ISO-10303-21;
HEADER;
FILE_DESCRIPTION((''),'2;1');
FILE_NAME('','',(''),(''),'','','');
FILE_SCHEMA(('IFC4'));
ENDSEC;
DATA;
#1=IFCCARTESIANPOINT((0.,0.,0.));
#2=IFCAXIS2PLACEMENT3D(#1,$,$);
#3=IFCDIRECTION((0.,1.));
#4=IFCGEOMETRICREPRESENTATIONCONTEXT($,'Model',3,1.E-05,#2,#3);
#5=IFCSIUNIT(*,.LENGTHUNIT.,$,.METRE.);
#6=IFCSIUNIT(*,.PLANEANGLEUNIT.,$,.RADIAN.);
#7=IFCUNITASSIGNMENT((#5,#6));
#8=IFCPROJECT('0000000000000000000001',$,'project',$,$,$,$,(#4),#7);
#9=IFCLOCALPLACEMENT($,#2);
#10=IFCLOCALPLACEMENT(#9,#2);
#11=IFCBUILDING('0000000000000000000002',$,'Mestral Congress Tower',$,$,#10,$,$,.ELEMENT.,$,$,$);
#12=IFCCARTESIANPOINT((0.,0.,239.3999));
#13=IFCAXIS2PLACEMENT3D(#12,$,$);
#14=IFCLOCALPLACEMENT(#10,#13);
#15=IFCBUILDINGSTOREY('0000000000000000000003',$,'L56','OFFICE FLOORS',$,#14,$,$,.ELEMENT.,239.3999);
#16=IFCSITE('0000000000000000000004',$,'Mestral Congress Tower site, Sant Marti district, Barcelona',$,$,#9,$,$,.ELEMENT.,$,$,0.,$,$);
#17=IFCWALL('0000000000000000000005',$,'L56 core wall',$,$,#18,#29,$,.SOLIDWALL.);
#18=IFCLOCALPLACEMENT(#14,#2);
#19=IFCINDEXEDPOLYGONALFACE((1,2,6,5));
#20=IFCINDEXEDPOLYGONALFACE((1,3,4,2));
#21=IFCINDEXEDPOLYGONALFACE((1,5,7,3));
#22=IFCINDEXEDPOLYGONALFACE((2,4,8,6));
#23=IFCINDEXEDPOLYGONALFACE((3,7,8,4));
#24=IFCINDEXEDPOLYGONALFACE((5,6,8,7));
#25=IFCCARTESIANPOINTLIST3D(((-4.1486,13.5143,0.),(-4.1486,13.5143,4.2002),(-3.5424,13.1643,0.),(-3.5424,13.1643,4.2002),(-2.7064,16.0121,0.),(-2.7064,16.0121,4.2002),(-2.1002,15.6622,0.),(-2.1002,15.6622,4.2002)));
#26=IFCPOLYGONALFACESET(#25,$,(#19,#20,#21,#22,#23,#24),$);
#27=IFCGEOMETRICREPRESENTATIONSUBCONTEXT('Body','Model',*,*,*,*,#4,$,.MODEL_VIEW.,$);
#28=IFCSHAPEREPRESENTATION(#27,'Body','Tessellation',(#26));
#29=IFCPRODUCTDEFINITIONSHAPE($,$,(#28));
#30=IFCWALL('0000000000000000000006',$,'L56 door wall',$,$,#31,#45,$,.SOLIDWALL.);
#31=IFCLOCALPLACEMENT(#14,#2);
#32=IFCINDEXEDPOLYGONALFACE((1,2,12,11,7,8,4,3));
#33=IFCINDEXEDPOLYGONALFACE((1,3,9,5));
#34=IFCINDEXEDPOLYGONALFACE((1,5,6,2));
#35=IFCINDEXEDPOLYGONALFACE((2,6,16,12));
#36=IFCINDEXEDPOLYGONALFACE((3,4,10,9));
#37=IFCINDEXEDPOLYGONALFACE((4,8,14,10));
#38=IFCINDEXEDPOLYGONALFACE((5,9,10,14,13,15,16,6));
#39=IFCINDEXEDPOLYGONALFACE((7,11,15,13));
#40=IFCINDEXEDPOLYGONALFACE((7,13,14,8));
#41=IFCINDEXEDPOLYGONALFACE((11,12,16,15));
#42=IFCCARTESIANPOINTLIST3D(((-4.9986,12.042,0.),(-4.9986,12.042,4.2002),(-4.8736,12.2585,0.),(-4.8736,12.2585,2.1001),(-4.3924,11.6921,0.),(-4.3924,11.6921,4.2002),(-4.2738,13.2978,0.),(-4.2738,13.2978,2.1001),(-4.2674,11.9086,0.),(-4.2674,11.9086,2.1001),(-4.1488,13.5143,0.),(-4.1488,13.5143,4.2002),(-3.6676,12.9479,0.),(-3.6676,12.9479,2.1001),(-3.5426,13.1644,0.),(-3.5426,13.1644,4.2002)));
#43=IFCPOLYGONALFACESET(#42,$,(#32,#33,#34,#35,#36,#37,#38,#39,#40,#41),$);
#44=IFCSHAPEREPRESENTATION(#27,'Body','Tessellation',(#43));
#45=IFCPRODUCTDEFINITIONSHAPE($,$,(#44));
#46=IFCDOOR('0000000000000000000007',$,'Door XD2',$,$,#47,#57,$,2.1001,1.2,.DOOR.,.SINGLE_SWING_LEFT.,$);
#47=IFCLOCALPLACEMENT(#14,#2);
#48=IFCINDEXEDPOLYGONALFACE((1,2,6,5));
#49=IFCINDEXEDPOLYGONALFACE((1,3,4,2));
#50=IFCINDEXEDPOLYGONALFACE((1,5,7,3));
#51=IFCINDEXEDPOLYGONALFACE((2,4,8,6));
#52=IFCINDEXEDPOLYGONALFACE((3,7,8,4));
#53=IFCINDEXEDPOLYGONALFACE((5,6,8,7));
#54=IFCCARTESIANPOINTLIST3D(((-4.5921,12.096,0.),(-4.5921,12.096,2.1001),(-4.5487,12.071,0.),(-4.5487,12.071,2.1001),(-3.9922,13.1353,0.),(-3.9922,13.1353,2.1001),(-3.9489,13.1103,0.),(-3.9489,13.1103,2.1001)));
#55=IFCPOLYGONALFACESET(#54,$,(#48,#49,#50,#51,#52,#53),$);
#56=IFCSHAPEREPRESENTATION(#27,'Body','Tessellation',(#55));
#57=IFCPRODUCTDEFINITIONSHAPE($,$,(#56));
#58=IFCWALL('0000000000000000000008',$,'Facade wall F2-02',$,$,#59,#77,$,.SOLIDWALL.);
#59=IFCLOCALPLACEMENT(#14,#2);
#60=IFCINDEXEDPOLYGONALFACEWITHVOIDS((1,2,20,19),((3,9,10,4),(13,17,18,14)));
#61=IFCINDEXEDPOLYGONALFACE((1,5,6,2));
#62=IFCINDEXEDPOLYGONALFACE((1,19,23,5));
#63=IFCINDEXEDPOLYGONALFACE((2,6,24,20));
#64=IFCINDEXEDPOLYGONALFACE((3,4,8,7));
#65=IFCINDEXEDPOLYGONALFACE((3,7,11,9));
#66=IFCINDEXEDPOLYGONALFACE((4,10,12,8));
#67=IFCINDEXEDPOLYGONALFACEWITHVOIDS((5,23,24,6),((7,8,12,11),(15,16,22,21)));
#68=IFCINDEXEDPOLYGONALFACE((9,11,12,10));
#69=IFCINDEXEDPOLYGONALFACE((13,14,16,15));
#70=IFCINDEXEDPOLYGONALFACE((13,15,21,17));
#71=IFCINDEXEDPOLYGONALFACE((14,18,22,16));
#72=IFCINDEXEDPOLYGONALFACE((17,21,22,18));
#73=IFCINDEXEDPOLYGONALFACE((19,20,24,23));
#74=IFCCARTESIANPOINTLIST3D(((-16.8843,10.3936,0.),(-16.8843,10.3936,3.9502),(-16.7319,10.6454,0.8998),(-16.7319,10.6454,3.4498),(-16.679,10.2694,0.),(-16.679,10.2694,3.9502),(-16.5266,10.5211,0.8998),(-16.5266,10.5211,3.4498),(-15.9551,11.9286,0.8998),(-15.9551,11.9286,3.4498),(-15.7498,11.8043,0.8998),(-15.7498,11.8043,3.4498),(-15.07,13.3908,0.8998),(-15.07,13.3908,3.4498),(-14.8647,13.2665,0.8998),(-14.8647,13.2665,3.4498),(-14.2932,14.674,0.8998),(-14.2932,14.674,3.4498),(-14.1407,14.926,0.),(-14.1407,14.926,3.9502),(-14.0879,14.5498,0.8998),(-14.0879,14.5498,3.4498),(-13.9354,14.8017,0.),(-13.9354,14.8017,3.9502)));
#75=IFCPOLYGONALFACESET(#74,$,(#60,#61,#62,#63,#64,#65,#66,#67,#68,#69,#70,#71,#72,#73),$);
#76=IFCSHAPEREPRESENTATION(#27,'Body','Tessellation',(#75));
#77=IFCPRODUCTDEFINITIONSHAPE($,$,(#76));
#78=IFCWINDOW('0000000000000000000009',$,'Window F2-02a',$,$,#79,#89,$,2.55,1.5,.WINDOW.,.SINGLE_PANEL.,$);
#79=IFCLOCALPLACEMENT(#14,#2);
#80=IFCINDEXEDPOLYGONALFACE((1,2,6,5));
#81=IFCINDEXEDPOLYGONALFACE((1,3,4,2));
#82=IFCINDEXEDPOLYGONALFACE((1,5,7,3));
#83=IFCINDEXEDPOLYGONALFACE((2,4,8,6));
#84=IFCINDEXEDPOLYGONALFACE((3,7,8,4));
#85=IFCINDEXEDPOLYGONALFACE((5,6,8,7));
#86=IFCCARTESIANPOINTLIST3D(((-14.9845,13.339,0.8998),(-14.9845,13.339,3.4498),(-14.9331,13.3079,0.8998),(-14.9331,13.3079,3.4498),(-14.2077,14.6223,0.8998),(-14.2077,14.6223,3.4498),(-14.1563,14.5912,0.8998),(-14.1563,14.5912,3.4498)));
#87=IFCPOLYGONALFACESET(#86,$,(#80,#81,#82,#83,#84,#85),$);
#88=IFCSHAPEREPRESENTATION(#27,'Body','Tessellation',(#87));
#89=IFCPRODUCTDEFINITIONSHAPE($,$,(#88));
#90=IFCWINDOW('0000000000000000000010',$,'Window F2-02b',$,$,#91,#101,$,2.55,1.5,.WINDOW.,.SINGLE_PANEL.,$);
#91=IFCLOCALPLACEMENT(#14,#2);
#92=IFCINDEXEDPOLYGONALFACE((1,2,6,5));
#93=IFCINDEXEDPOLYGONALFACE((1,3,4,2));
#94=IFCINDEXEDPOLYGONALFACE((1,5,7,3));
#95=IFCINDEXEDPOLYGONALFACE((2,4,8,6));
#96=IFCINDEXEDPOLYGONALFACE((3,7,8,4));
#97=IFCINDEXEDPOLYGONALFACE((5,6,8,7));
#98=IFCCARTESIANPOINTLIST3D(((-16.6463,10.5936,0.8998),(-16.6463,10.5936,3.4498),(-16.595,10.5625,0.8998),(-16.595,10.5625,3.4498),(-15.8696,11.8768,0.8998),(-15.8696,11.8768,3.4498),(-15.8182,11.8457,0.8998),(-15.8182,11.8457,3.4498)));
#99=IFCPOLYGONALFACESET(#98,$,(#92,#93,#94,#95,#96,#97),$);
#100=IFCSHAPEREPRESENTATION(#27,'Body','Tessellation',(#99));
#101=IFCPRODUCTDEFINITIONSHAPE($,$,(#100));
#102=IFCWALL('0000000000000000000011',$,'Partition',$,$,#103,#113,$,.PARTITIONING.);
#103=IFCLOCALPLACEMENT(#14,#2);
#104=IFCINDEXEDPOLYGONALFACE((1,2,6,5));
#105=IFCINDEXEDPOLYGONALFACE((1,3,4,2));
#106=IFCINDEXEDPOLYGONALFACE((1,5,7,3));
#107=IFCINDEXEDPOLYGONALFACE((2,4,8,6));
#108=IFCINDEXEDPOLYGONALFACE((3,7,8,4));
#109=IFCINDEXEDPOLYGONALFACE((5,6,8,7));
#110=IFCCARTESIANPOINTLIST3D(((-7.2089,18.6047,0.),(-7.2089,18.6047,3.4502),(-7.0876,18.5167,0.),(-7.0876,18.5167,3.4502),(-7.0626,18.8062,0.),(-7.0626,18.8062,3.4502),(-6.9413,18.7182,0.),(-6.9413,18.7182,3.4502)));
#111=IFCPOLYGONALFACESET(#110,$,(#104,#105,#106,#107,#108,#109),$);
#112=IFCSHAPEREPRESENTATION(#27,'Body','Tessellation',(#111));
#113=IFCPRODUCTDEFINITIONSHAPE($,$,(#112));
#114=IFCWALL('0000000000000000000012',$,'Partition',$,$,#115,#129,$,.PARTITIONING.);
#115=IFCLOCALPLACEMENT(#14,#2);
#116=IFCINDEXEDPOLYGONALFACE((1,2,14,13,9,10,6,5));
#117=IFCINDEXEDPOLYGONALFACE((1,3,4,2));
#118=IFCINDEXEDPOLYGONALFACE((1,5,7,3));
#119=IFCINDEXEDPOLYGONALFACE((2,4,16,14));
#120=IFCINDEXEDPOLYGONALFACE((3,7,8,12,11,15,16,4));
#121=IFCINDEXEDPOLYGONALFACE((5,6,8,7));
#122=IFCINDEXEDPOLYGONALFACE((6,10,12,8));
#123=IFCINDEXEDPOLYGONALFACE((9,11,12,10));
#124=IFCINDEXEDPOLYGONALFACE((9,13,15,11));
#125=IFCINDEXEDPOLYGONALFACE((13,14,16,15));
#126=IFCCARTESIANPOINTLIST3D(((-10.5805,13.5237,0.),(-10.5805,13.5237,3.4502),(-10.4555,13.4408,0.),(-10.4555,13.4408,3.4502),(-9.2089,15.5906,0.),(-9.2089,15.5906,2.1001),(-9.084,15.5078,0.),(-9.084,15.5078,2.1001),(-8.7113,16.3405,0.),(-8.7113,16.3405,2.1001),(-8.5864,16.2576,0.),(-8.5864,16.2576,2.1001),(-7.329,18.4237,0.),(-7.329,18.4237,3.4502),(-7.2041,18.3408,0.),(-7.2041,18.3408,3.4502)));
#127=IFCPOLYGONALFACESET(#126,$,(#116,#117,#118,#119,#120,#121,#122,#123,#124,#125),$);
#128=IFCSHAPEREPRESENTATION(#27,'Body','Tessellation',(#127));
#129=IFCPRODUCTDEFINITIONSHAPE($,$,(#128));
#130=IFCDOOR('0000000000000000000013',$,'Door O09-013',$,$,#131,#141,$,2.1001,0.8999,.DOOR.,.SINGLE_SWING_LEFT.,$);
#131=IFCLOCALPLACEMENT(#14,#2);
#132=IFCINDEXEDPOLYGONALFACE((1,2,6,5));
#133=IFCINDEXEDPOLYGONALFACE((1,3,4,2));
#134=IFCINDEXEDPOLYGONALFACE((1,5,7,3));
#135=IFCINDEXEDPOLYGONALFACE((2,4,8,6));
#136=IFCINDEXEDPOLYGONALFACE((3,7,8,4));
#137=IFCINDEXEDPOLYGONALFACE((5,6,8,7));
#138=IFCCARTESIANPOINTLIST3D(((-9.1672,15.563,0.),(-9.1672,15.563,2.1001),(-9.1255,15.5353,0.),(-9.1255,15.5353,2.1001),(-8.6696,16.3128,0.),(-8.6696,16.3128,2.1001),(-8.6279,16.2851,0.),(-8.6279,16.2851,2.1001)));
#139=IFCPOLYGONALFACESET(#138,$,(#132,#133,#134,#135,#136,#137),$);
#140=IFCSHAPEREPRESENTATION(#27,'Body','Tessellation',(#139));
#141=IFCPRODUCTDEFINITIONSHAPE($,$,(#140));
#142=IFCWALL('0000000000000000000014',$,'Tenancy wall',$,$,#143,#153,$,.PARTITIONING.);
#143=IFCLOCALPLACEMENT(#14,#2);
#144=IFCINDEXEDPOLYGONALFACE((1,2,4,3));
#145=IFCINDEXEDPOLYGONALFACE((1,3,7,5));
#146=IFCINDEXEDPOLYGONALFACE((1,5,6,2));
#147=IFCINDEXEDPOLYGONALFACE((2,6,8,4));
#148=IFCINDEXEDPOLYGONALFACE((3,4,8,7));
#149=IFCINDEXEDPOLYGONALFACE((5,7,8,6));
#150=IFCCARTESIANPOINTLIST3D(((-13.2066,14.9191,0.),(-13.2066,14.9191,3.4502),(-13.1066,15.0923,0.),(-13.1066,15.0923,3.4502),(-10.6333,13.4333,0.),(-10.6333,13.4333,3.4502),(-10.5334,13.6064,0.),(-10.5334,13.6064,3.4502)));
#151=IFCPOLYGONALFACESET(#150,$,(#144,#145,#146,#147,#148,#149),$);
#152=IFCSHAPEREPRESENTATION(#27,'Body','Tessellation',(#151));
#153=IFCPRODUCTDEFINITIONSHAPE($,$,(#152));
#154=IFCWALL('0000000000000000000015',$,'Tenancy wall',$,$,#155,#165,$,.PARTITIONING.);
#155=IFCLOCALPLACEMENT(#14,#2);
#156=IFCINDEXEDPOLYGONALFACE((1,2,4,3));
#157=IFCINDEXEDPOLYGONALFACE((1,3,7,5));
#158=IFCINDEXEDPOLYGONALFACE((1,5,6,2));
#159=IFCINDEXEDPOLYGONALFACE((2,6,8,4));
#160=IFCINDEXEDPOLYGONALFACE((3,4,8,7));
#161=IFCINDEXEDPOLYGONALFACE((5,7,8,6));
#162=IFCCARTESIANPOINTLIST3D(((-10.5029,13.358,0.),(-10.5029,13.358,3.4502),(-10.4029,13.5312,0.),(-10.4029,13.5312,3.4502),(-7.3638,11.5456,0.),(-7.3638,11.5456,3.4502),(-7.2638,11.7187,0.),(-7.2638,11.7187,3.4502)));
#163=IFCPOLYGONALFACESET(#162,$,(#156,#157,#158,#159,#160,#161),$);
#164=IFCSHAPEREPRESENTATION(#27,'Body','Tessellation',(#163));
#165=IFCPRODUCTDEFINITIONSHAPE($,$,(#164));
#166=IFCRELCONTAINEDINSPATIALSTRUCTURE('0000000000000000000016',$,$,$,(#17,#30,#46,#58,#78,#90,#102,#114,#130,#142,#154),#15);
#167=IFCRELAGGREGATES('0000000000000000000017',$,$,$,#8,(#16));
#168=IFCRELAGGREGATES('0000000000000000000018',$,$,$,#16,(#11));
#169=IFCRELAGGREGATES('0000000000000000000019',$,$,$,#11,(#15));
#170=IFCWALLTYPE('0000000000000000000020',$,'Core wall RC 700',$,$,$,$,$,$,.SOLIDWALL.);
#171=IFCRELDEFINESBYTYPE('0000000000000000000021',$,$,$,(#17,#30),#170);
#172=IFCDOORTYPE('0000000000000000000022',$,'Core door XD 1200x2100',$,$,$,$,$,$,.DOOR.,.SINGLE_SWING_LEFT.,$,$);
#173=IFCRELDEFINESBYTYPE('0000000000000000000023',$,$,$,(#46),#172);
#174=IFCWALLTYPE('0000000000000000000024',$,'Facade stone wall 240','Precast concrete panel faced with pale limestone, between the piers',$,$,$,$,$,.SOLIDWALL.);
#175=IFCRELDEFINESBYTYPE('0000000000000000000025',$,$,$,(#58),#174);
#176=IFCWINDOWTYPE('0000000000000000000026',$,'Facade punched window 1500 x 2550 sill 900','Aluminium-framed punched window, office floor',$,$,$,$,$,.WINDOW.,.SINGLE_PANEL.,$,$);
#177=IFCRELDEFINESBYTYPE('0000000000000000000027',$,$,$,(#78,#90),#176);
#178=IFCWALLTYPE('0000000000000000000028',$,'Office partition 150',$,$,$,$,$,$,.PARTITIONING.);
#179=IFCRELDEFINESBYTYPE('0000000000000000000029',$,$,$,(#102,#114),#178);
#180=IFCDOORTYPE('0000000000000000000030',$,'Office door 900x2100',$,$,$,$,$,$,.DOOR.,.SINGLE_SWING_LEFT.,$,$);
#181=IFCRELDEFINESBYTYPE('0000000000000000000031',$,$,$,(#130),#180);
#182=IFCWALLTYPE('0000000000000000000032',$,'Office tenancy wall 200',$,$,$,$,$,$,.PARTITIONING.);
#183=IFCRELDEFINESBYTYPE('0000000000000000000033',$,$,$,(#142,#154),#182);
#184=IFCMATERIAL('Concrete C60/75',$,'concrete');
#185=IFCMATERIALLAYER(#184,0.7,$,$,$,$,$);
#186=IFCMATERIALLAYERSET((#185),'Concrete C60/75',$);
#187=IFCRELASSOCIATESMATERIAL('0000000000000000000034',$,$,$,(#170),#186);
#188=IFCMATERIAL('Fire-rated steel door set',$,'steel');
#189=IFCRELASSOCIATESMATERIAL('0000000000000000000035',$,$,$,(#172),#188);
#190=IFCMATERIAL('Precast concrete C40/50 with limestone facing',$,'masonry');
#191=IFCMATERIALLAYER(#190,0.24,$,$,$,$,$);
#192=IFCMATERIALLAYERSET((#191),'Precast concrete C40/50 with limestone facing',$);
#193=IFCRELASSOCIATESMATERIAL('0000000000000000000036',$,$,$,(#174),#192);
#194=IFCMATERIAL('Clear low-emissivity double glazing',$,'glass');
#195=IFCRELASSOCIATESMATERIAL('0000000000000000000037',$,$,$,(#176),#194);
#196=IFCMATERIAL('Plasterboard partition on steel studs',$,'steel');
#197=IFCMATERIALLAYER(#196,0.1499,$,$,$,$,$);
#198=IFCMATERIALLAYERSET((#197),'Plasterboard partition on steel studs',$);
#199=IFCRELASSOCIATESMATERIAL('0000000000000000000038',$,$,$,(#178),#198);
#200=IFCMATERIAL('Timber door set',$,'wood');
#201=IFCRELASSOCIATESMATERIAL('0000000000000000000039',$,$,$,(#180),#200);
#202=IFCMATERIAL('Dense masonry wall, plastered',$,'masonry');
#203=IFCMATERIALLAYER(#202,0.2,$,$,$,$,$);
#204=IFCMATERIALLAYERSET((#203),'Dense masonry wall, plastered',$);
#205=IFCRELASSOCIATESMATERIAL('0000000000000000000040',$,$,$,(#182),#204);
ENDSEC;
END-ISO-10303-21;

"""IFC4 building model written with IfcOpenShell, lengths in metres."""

from ifc_helpers import new_model, si_unit, direction, frame, frame_2d, origin, place, context, subcontext, project, spatial, rectangle, extrude, material, layer, layer_set, type_object, element, fill, save


model = new_model("IFC4")

# Units and contexts
model_context = context("Model", 3, precision=1e-05, world=origin(), true_north=direction((0.0, 1.0)))
body_context = subcontext(model_context, "Body", "Model", "MODEL_VIEW")
ifc_project = project(units=[si_unit("LENGTHUNIT", "METRE"), si_unit("PLANEANGLEUNIT", "RADIAN")], contexts=[model_context])

# Site, building, storey
site_placement = place(None, origin())
site = spatial("IfcSite", under=ifc_project, at=site_placement, Name="Mestral Congress Tower site, Sant Marti district, Barcelona", CompositionType="ELEMENT", RefElevation=0.0)
building_placement = place(site_placement, origin())
building = spatial("IfcBuilding", under=site, at=building_placement, Name="Mestral Congress Tower", CompositionType="ELEMENT")
storey_placement = place(building_placement, frame((0.0, 0.0, 239.3999)))
storey = spatial("IfcBuildingStorey", under=building, at=storey_placement, Name="L56", Description="OFFICE FLOORS", CompositionType="ELEMENT", Elevation=239.3999)

# Shared definitions
ifc_material_1 = material(Name="Concrete C60/75", Category="concrete")

# Wall
ifc_layer_1 = layer(ifc_material_1, 0.7)
ifc_layer_set_1 = layer_set([ifc_layer_1], Name="Concrete C60/75")
wall_type_1 = type_object("IfcWallType", Name="Core wall RC 700", PredefinedType="SOLIDWALL", material=ifc_layer_set_1)
wall_1_placement = place(storey_placement, frame((-2.4033, 15.8372, 0.0), z_axis=(0.0, 0.0, 1.0), x_axis=(-0.500008, -0.866021, 0.0)))
element("IfcWall", 1, at=wall_1_placement, inside=storey, type_object=wall_type_1, Name="L56 core wall", PredefinedType="SOLIDWALL", context=body_context, shape_type="SweptSolid", body=[
    extrude(rectangle(XDim=2.8843, YDim=0.7, at=frame_2d((1.4421, 0.0))), origin(), (0.0, 0.0, 1.0), 4.2002),
])

# Wall, opening, door
wall_2_placement = place(storey_placement, frame((-4.6956, 11.8669, 0.0), z_axis=(0.0, 0.0, 1.0), x_axis=(0.499892, 0.866088, 0.0)))
wall_2 = element("IfcWall", 2, at=wall_2_placement, inside=storey, type_object=wall_type_1, Name="L56 door wall", PredefinedType="SOLIDWALL", context=body_context, shape_type="SweptSolid", body=[
    extrude(rectangle(XDim=1.7, YDim=0.7, at=frame_2d((0.8501, 0.0))), origin(), (0.0, 0.0, 1.0), 4.2002),
])
opening_1_placement = place(wall_2_placement, frame((0.25, 0.0, 0.0)))
opening_1 = element("IfcOpeningElement", 3, at=opening_1_placement, cuts=wall_2, PredefinedType="OPENING", context=body_context, shape_type="SweptSolid", body=[
    extrude(rectangle(XDim=1.2, YDim=2.1001, at=frame_2d((0.6001, 1.05))), frame((0.0, 0.3599, 0.0), z_axis=(0.0, -1.0, 0.0), x_axis=(1.0, 0.0, 0.0)), (0.0, 0.0, 1.0), 0.72),
])
ifc_material_2 = material(Name="Fire-rated steel door set", Category="steel")
door_type_1 = type_object("IfcDoorType", Name="Core door XD 1200x2100", OperationType="SINGLE_SWING_LEFT", PredefinedType="DOOR", material=ifc_material_2)
door_1_placement = place(opening_1_placement, origin())
door_1 = element("IfcDoor", 4, at=door_1_placement, inside=storey, type_object=door_type_1, Name="Door XD2", OperationType="SINGLE_SWING_LEFT", OverallHeight=2.1001, OverallWidth=1.2, PredefinedType="DOOR", context=body_context, shape_type="SweptSolid", body=[
    extrude(rectangle(XDim=1.2, YDim=2.1001, at=frame_2d((0.6001, 1.05))), frame((0.0, 0.0249, 0.0), z_axis=(0.0, -1.0, 0.0), x_axis=(1.0, 0.0, 0.0)), (0.0, 0.0, 1.0), 0.05),
])
fill(opening_1, door_1)

# Wall, openings, windows
ifc_material_3 = material(Name="Precast concrete C40/50 with limestone facing", Category="masonry")
ifc_layer_2 = layer(ifc_material_3, 0.24)
ifc_layer_set_2 = layer_set([ifc_layer_2], Name="Precast concrete C40/50 with limestone facing")
wall_type_2 = type_object("IfcWallType", Name="Facade stone wall 240", Description="Precast concrete panel faced with pale limestone, between the piers", PredefinedType="SOLIDWALL", material=ifc_layer_set_2)
wall_3_placement = place(storey_placement, frame((-14.0381, 14.8638, 0.0), z_axis=(0.0, 0.0, 1.0), x_axis=(-0.517846, -0.855474, 0.0)))
wall_3 = element("IfcWall", 5, at=wall_3_placement, inside=storey, type_object=wall_type_2, Name="Facade wall F2-02", PredefinedType="SOLIDWALL", context=body_context, shape_type="SweptSolid", body=[
    extrude(rectangle(XDim=5.2981, YDim=0.24, at=frame_2d((2.6489, 0.0))), origin(), (0.0, 0.0, 1.0), 3.9502),
])
opening_2_placement = place(wall_3_placement, frame((0.2944, 0.0, 0.8999)))
opening_2 = element("IfcOpeningElement", 6, at=opening_2_placement, cuts=wall_3, PredefinedType="OPENING", context=body_context, shape_type="SweptSolid", body=[
    extrude(rectangle(XDim=1.5, YDim=2.55, at=frame_2d((0.75, 1.2749))), frame((0.0, 0.1299, 0.0), z_axis=(0.0, -1.0, 0.0), x_axis=(1.0, 0.0, 0.0)), (0.0, 0.0, 1.0), 0.26),
])
opening_3_placement = place(wall_3_placement, frame((3.5037, 0.0, 0.8999)))
opening_3 = element("IfcOpeningElement", 7, at=opening_3_placement, cuts=wall_3, PredefinedType="OPENING", context=body_context, shape_type="SweptSolid", body=[
    extrude(rectangle(XDim=1.5, YDim=2.55, at=frame_2d((0.75, 1.2749))), frame((0.0, 0.1299, 0.0), z_axis=(0.0, -1.0, 0.0), x_axis=(1.0, 0.0, 0.0)), (0.0, 0.0, 1.0), 0.26),
])
ifc_material_4 = material(Name="Clear low-emissivity double glazing", Category="glass")
window_type = type_object("IfcWindowType", Name="Facade punched window 1500 x 2550 sill 900", Description="Aluminium-framed punched window, office floor", PartitioningType="SINGLE_PANEL", PredefinedType="WINDOW", material=ifc_material_4)
window_1_placement = place(opening_2_placement, origin())
window_1 = element("IfcWindow", 8, at=window_1_placement, inside=storey, type_object=window_type, Name="Window F2-02a", OverallHeight=2.55, OverallWidth=1.5, PartitioningType="SINGLE_PANEL", PredefinedType="WINDOW", context=body_context, shape_type="SweptSolid", body=[
    extrude(rectangle(XDim=1.5, YDim=2.55, at=frame_2d((0.75, 1.2749))), frame((0.0, 0.04, 0.0), z_axis=(0.0, -1.0, 0.0), x_axis=(1.0, 0.0, 0.0)), (0.0, 0.0, 1.0), 0.0601),
])
fill(opening_2, window_1)
window_2_placement = place(opening_3_placement, origin())
window_2 = element("IfcWindow", 9, at=window_2_placement, inside=storey, type_object=window_type, Name="Window F2-02b", OverallHeight=2.55, OverallWidth=1.5, PartitioningType="SINGLE_PANEL", PredefinedType="WINDOW", context=body_context, shape_type="SweptSolid", body=[
    extrude(rectangle(XDim=1.5, YDim=2.55, at=frame_2d((0.75, 1.2749))), frame((0.0, 0.04, 0.0), z_axis=(0.0, -1.0, 0.0), x_axis=(1.0, 0.0, 0.0)), (0.0, 0.0, 1.0), 0.0601),
])
fill(opening_3, window_2)

# Wall
ifc_material_5 = material(Name="Plasterboard partition on steel studs", Category="steel")
ifc_layer_3 = layer(ifc_material_5, 0.1499)
ifc_layer_set_3 = layer_set([ifc_layer_3], Name="Plasterboard partition on steel studs")
wall_type_3 = type_object("IfcWallType", Name="Office partition 150", PredefinedType="PARTITIONING", material=ifc_layer_set_3)
wall_4_placement = place(storey_placement, frame((-7.002, 18.7622, 0.0), z_axis=(0.0, 0.0, 1.0), x_axis=(-0.58753, -0.809202, 0.0)))
element("IfcWall", 10, at=wall_4_placement, inside=storey, type_object=wall_type_3, Name="Partition", PredefinedType="PARTITIONING", context=body_context, shape_type="SweptSolid", body=[
    extrude(rectangle(XDim=0.249, YDim=0.1499, at=frame_2d((0.1245, 0.0))), origin(), (0.0, 0.0, 1.0), 3.4502),
])

# Wall, opening, door
wall_5_placement = place(storey_placement, frame((-10.5181, 13.4822, 0.0), z_axis=(0.0, 0.0, 1.0), x_axis=(0.552917, 0.833236, 0.0)))
wall_5 = element("IfcWall", 11, at=wall_5_placement, inside=storey, type_object=wall_type_3, Name="Partition", PredefinedType="PARTITIONING", context=body_context, shape_type="SweptSolid", body=[
    extrude(rectangle(XDim=5.8806, YDim=0.1499, at=frame_2d((2.9404, 0.0))), origin(), (0.0, 0.0, 1.0), 3.4502),
])
opening_4_placement = place(wall_5_placement, frame((2.4807, 0.0, 0.0)))
opening_4 = element("IfcOpeningElement", 12, at=opening_4_placement, cuts=wall_5, PredefinedType="OPENING", context=body_context, shape_type="SweptSolid", body=[
    extrude(rectangle(XDim=0.8999, YDim=2.1001, at=frame_2d((0.45, 1.05))), frame((0.0, 0.085, 0.0), z_axis=(0.0, -1.0, 0.0), x_axis=(1.0, 0.0, 0.0)), (0.0, 0.0, 1.0), 0.1699),
])
ifc_material_6 = material(Name="Timber door set", Category="wood")
door_type_2 = type_object("IfcDoorType", Name="Office door 900x2100", OperationType="SINGLE_SWING_LEFT", PredefinedType="DOOR", material=ifc_material_6)
door_2_placement = place(opening_4_placement, origin())
door_2 = element("IfcDoor", 13, at=door_2_placement, inside=storey, type_object=door_type_2, Name="Door O09-013", OperationType="SINGLE_SWING_LEFT", OverallHeight=2.1001, OverallWidth=0.8999, PredefinedType="DOOR", context=body_context, shape_type="SweptSolid", body=[
    extrude(rectangle(XDim=0.8999, YDim=2.1001, at=frame_2d((0.45, 1.05))), frame((0.0, 0.0249, 0.0), z_axis=(0.0, -1.0, 0.0), x_axis=(1.0, 0.0, 0.0)), (0.0, 0.0, 1.0), 0.05),
])
fill(opening_4, door_2)

# Walls
ifc_material_7 = material(Name="Dense masonry wall, plastered", Category="masonry")
ifc_layer_4 = layer(ifc_material_7, 0.2)
ifc_layer_set_4 = layer_set([ifc_layer_4], Name="Dense masonry wall, plastered")
wall_type_4 = type_object("IfcWallType", Name="Office tenancy wall 200", PredefinedType="PARTITIONING", material=ifc_layer_set_4)
wall_6_placement = place(storey_placement, frame((-10.5833, 13.5198, 0.0), z_axis=(0.0, 0.0, 1.0), x_axis=(-0.865999, 0.500045, 0.0)))
element("IfcWall", 14, at=wall_6_placement, inside=storey, type_object=wall_type_4, Name="Tenancy wall", PredefinedType="PARTITIONING", context=body_context, shape_type="SweptSolid", body=[
    extrude(rectangle(XDim=2.9714, YDim=0.2, at=frame_2d((1.4858, 0.0))), origin(), (0.0, 0.0, 1.0), 3.4502),
])
wall_7_placement = place(storey_placement, frame((-7.3137, 11.6321, 0.0), z_axis=(0.0, 0.0, 1.0), x_axis=(-0.866013, 0.500022, 0.0)))
element("IfcWall", 15, at=wall_7_placement, inside=storey, type_object=wall_type_4, Name="Tenancy wall", PredefinedType="PARTITIONING", context=body_context, shape_type="SweptSolid", body=[
    extrude(rectangle(XDim=3.6248, YDim=0.2, at=frame_2d((1.8125, 0.0))), origin(), (0.0, 0.0, 1.0), 3.4502),
])

save(model, "model.ifc")
